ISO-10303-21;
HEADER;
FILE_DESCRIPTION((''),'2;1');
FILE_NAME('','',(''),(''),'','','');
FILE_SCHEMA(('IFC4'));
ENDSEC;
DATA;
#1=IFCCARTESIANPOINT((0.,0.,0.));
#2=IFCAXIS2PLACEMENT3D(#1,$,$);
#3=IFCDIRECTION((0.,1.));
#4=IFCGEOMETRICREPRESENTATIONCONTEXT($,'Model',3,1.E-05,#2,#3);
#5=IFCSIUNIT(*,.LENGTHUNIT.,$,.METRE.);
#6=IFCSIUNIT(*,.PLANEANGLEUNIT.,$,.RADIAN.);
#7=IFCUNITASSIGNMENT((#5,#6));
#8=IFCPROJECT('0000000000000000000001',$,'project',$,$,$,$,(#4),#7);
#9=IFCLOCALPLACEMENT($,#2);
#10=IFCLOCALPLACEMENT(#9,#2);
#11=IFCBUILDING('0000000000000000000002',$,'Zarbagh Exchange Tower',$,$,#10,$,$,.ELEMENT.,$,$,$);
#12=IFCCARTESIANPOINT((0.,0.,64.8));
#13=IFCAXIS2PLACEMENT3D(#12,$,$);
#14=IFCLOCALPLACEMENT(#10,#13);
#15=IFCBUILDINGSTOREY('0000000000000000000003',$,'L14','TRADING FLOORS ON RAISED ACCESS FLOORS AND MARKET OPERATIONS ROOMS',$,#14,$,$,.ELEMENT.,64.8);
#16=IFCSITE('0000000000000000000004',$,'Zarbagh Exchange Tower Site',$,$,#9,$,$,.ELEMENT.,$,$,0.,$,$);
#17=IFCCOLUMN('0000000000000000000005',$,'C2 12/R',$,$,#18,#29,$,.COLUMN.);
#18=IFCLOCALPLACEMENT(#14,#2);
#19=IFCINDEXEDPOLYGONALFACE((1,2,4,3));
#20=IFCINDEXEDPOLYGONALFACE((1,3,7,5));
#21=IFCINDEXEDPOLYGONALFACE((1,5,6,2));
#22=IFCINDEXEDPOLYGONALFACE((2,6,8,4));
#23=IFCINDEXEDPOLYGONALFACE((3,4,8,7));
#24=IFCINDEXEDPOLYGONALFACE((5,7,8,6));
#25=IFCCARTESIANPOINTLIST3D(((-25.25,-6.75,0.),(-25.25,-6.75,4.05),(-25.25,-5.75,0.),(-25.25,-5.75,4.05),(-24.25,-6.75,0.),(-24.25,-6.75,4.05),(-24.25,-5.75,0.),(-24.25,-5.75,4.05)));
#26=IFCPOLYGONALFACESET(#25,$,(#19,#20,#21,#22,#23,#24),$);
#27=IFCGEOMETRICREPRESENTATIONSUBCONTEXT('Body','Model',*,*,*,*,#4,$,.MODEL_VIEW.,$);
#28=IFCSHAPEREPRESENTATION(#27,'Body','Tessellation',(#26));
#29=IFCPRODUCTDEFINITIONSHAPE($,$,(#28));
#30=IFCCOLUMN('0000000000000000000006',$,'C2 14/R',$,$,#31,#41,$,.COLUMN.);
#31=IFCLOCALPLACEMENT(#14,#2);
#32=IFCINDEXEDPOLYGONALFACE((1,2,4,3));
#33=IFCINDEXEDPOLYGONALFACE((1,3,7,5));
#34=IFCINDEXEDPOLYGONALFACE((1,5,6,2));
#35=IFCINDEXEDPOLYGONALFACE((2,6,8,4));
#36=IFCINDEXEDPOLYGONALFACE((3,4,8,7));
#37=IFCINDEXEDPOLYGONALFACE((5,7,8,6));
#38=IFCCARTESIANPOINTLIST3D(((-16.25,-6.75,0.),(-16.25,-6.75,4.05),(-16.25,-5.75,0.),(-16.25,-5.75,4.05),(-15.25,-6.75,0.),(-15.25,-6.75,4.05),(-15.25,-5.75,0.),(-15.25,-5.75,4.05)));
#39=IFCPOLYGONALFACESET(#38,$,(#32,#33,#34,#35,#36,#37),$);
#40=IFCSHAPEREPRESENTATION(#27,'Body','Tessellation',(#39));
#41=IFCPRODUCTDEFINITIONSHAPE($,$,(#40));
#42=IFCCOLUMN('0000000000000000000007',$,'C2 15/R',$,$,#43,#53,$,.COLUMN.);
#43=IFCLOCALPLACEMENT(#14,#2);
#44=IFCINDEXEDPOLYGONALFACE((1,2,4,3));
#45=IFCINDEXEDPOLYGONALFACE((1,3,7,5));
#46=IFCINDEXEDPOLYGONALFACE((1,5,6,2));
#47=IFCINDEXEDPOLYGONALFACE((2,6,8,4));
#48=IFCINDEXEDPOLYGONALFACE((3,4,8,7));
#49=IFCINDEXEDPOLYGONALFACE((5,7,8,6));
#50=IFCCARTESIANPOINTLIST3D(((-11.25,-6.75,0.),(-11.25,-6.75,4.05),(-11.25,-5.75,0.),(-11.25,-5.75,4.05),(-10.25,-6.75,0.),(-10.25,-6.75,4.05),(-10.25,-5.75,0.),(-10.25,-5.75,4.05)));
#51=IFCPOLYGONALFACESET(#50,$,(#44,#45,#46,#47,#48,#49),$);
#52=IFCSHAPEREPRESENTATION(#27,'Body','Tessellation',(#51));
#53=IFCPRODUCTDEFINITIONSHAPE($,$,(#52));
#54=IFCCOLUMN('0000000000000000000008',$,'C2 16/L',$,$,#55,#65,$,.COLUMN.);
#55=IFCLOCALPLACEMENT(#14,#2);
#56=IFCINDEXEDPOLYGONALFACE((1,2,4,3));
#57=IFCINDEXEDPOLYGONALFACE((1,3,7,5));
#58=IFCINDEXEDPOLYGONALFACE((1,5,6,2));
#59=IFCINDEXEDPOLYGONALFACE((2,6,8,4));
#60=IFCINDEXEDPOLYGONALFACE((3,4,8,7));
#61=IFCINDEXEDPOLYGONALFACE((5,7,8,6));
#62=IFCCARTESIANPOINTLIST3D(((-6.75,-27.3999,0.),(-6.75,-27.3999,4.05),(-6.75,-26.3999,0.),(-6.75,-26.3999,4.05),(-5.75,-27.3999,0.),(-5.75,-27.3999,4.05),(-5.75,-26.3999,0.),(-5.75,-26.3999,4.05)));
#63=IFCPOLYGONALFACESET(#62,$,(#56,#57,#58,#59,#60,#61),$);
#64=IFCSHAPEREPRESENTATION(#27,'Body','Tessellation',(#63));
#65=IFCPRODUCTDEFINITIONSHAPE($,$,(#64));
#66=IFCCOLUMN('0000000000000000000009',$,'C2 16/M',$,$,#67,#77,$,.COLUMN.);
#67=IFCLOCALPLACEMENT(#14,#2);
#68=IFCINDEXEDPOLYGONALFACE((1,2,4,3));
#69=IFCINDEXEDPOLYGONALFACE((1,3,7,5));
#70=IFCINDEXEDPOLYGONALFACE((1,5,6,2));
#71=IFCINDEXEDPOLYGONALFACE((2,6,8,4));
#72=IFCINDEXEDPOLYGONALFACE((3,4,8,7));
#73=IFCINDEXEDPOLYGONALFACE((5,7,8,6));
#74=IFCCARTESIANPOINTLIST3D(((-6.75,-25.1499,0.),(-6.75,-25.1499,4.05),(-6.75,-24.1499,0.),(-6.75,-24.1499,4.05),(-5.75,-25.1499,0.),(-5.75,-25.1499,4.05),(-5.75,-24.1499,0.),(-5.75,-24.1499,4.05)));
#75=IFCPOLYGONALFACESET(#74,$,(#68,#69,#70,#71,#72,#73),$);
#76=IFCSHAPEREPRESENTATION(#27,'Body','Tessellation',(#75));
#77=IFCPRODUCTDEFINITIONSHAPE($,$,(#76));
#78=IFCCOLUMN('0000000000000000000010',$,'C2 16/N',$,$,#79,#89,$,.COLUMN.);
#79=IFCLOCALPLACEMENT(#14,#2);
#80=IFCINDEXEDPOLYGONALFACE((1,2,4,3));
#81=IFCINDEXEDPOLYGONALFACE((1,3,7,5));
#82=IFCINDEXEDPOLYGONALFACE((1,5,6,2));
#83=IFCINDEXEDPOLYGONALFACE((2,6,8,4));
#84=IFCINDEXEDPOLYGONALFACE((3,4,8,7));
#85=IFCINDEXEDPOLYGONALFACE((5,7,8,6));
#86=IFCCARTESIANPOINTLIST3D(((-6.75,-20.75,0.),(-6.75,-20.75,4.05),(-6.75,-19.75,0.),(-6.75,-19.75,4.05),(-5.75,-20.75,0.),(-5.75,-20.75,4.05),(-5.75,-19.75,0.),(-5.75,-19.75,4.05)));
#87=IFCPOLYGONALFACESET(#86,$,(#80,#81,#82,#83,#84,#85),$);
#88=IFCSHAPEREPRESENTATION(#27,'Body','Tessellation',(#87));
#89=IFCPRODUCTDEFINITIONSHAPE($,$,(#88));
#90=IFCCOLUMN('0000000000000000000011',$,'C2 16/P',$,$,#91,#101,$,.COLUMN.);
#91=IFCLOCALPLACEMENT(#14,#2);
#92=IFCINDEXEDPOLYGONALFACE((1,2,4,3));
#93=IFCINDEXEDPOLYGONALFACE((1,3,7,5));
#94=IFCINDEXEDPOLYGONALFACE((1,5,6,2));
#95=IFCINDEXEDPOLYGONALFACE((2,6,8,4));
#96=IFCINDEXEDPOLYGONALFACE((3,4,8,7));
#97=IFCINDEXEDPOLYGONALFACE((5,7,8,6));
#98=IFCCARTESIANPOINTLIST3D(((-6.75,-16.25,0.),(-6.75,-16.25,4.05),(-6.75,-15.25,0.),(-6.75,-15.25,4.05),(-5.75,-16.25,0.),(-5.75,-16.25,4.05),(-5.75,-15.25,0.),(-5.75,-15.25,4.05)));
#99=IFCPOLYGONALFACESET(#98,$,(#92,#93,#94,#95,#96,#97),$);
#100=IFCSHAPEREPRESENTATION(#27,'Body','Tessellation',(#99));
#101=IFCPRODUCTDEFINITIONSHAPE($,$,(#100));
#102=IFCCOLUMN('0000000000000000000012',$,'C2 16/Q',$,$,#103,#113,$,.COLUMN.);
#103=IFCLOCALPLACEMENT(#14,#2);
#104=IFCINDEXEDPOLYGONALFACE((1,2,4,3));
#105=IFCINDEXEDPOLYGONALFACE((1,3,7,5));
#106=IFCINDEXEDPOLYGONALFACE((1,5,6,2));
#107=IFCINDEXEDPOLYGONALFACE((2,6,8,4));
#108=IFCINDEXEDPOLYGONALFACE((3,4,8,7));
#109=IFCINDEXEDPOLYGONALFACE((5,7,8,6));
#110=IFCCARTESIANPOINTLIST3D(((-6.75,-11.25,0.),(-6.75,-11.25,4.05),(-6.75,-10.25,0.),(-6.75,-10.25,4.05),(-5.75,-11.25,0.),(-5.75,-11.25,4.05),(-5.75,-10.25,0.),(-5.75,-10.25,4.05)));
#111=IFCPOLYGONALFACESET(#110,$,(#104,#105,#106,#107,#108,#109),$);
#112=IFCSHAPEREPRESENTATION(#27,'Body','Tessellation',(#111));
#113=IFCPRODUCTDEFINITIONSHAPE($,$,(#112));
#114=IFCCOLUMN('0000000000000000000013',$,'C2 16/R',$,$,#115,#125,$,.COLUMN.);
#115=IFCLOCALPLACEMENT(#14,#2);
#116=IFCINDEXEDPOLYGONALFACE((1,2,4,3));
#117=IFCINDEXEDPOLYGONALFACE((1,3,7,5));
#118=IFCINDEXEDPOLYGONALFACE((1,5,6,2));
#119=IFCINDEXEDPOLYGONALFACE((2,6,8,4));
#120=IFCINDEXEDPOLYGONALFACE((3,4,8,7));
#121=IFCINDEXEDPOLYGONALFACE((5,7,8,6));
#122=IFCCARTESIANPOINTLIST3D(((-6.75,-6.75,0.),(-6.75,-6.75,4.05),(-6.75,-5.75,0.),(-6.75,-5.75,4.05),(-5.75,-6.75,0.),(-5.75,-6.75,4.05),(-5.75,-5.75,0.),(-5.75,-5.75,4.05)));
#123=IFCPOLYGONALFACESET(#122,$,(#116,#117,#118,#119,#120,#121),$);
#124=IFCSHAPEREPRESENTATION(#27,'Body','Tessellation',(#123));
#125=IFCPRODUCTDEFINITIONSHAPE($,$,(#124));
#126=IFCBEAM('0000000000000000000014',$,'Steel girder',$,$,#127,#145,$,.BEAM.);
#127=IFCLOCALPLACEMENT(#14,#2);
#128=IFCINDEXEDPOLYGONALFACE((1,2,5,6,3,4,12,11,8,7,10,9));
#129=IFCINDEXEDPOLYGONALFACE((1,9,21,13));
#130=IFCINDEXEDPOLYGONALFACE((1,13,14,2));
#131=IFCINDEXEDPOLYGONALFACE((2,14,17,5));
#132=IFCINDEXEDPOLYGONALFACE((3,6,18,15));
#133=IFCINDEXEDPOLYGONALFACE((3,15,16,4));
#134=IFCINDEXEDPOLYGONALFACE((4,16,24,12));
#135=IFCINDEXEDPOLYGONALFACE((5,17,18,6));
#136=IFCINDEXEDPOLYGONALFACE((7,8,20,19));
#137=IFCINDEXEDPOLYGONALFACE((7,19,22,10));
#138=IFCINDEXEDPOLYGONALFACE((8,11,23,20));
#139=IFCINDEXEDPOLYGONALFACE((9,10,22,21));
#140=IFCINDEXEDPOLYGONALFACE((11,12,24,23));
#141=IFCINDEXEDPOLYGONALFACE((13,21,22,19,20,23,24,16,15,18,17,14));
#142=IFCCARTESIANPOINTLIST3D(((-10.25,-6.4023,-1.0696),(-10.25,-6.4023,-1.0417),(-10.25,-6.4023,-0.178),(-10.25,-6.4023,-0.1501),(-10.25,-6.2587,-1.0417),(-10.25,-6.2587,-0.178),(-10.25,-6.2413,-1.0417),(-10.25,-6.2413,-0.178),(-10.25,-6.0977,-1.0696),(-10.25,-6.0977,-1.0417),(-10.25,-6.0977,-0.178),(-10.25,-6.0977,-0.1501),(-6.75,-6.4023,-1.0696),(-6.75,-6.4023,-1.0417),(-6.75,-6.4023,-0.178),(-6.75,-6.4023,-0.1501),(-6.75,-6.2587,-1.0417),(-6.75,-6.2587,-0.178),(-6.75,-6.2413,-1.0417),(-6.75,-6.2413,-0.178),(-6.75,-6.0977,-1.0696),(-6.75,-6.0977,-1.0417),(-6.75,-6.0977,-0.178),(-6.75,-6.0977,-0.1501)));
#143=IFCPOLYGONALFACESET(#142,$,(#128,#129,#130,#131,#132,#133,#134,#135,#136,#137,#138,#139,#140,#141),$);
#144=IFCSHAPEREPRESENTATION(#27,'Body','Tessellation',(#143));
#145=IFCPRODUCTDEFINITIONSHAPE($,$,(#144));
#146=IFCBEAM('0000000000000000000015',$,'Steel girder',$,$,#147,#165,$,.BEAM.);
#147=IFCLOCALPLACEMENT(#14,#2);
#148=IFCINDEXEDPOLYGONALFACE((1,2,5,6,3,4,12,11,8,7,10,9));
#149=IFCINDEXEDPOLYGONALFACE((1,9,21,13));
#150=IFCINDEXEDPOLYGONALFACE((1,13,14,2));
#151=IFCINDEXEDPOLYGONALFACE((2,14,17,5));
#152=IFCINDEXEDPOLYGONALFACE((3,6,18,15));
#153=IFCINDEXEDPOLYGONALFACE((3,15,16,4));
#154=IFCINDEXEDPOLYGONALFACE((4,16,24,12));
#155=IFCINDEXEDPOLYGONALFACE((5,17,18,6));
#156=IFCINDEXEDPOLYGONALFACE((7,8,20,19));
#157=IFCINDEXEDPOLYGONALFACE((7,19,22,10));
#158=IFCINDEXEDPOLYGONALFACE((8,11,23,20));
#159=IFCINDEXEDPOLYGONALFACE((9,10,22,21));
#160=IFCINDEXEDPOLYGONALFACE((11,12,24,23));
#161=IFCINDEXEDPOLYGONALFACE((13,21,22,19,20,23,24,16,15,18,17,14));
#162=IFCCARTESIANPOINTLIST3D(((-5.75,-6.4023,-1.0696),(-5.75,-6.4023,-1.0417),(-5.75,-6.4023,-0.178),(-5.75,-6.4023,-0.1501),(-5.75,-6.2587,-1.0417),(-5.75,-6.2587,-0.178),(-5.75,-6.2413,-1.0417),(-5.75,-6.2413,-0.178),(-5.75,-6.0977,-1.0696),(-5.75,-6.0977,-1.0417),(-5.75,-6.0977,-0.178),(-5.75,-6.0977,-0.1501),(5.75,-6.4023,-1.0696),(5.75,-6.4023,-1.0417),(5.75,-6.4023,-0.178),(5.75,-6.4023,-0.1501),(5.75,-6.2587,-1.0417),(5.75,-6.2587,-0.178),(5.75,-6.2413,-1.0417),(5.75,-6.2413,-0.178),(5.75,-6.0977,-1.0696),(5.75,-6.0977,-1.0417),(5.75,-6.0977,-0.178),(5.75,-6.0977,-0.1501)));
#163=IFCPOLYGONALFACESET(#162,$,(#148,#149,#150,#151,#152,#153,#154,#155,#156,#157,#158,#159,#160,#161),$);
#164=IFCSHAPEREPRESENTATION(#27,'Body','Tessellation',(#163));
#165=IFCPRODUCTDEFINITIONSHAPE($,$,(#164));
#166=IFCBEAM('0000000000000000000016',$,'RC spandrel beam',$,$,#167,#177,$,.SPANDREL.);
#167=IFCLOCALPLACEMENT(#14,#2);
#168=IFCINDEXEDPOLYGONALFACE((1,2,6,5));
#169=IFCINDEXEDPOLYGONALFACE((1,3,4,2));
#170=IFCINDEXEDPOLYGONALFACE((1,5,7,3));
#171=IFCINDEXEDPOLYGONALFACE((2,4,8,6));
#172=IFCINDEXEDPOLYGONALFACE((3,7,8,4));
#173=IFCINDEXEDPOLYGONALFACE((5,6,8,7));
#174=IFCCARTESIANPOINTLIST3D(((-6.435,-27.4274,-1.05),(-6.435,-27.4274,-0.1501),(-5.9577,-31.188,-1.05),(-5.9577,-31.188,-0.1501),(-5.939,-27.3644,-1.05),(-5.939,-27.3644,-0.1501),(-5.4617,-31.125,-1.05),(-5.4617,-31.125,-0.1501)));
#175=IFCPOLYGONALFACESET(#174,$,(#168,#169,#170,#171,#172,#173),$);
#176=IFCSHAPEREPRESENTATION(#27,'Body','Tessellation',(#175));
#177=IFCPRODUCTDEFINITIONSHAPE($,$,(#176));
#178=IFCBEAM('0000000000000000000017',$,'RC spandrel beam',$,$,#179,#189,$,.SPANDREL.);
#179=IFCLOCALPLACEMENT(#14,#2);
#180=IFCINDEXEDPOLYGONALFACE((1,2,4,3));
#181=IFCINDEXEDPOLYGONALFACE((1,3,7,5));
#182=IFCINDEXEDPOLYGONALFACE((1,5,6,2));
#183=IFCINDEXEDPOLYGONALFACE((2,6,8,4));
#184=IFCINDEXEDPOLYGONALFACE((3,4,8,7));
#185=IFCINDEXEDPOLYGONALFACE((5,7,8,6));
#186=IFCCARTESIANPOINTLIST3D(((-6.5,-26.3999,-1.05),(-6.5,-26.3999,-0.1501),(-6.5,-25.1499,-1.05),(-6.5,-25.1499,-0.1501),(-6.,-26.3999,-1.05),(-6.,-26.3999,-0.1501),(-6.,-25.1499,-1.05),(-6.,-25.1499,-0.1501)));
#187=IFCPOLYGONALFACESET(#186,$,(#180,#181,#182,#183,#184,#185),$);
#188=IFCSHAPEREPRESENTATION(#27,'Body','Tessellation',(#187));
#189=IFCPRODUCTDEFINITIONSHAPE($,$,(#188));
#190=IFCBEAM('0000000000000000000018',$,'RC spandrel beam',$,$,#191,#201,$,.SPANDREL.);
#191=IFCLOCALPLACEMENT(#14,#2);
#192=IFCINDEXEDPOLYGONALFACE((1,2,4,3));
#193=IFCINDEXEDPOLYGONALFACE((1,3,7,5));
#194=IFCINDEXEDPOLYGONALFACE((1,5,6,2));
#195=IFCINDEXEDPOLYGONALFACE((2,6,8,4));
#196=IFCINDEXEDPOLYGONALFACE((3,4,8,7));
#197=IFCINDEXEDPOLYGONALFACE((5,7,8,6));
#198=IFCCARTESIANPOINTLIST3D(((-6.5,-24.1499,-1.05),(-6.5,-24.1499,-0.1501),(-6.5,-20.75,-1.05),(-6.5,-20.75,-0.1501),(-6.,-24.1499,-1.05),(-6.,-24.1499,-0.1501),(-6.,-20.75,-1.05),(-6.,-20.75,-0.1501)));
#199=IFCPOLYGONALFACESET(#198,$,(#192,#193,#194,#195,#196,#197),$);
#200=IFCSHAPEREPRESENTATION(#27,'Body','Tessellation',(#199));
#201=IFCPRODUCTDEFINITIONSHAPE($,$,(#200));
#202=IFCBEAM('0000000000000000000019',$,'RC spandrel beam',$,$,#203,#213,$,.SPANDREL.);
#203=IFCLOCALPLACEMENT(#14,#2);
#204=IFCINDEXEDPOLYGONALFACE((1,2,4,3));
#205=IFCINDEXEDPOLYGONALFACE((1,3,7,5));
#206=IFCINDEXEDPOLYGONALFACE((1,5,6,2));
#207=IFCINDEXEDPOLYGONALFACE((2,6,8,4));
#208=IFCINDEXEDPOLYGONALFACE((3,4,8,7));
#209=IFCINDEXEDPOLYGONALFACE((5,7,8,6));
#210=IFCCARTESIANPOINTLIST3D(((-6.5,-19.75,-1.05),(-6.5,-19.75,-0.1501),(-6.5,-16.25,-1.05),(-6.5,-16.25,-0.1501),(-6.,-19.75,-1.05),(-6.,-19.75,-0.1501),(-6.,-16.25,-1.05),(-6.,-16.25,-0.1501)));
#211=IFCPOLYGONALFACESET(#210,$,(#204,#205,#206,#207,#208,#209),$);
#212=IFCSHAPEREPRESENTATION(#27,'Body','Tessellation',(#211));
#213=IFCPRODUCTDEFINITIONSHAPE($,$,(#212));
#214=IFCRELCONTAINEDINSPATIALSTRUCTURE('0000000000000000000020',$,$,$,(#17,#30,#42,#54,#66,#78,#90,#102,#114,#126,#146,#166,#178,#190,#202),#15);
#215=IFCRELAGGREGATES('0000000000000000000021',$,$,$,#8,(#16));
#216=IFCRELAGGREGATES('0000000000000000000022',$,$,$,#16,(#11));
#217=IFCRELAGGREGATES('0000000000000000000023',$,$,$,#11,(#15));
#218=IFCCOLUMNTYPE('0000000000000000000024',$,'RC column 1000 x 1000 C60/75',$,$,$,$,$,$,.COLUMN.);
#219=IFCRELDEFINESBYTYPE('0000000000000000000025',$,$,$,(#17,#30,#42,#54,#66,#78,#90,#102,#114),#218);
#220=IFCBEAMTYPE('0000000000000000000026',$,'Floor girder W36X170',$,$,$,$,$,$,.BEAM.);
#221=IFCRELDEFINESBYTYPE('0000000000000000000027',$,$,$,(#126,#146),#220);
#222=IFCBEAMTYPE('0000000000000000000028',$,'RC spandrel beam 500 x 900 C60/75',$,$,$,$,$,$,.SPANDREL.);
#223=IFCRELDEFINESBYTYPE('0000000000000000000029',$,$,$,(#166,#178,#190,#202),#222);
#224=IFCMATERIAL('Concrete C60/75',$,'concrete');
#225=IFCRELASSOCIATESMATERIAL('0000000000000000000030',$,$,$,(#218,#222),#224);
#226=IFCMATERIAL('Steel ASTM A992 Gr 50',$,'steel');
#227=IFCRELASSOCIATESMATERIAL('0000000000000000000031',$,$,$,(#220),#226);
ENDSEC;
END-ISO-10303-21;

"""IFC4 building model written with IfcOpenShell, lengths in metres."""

from ifc_helpers import new_model, si_unit, direction, frame, origin, origin_2d, place, context, subcontext, project, spatial, rectangle, i_section, extrude, material, material_profile, profile_set, type_object, element, save


model = new_model("IFC4")

# Units and contexts
model_context = context("Model", 3, precision=1e-05, world=origin(), true_north=direction((0.0, 1.0)))
body_context = subcontext(model_context, "Body", "Model", "MODEL_VIEW")
ifc_project = project(units=[si_unit("LENGTHUNIT", "METRE"), si_unit("PLANEANGLEUNIT", "RADIAN")], contexts=[model_context])

# Site, building, storey
site_placement = place(None, origin())
site = spatial("IfcSite", under=ifc_project, at=site_placement, Name="Zarbagh Exchange Tower Site", CompositionType="ELEMENT", RefElevation=0.0)
building_placement = place(site_placement, origin())
building = spatial("IfcBuilding", under=site, at=building_placement, Name="Zarbagh Exchange Tower", CompositionType="ELEMENT")
storey_placement = place(building_placement, frame((0.0, 0.0, 64.8)))
storey = spatial("IfcBuildingStorey", under=building, at=storey_placement, Name="L14", Description="TRADING FLOORS ON RAISED ACCESS FLOORS AND MARKET OPERATIONS ROOMS", CompositionType="ELEMENT", Elevation=64.8)

# Columns
ifc_material_1 = material(Name="Concrete C60/75", Category="concrete")
ifc_material_profile_1 = material_profile(ifc_material_1, rectangle(XDim=1.0, YDim=1.0, at=origin_2d()), Name="RC column 1000 x 1000 C60/75")
ifc_profile_set_1 = profile_set([ifc_material_profile_1], Name="Concrete C60/75")
column_type = type_object("IfcColumnType", Name="RC column 1000 x 1000 C60/75", PredefinedType="COLUMN", material=ifc_profile_set_1)
for number, where, z_axis, x_axis, name in (
    (1, (-24.75, -6.25, 0.0), (0.0, 0.0, 1.0), (1.0, 0.0, 0.0), "C2 12/R"),
    (2, (-15.75, -6.25, 0.0), (0.0, 0.0, 1.0), (1.0, 0.0, 0.0), "C2 14/R"),
    (3, (-10.75, -6.25, 0.0), (0.0, 0.0, 1.0), (1.0, 0.0, 0.0), "C2 15/R"),
    (4, (-6.25, -26.8999, 0.0), (0.0, 0.0, 1.0), (1.0, 0.0, 0.0), "C2 16/L"),
    (5, (-6.25, -24.6499, 0.0), (0.0, 0.0, 1.0), (1.0, 0.0, 0.0), "C2 16/M"),
    (6, (-6.25, -20.25, 0.0), (0.0, 0.0, 1.0), (1.0, 0.0, 0.0), "C2 16/N"),
    (7, (-6.25, -15.75, 0.0), (0.0, 0.0, 1.0), (1.0, 0.0, 0.0), "C2 16/P"),
    (8, (-6.25, -10.75, 0.0), (0.0, 0.0, 1.0), (1.0, 0.0, 0.0), "C2 16/Q"),
    (9, (-6.25, -6.25, 0.0), (0.0, 0.0, 1.0), (1.0, 0.0, 0.0), "C2 16/R"),
):
    element("IfcColumn", number, at=place(storey_placement, frame(where, z_axis=z_axis, x_axis=x_axis)), inside=storey, type_object=column_type, Name=name, PredefinedType="COLUMN", context=body_context, shape_type="SweptSolid", body=[
        extrude(rectangle(XDim=1.0, YDim=1.0, at=origin_2d()), origin(), (0.0, 0.0, 1.0), 4.05),
    ])

# Beams
ifc_material_2 = material(Name="Steel ASTM A992 Gr 50", Category="steel")
ifc_material_profile_2 = material_profile(ifc_material_2, i_section(OverallWidth=0.3047, OverallDepth=0.9194, WebThickness=0.0173, FlangeThickness=0.0278, at=origin_2d()), Name="W36X170")
ifc_profile_set_2 = profile_set([ifc_material_profile_2], Name="Steel ASTM A992 Gr 50")
beam_type_1 = type_object("IfcBeamType", Name="Floor girder W36X170", PredefinedType="BEAM", material=ifc_profile_set_2)
beam_1_placement = place(storey_placement, frame((-10.25, -6.25, -0.6099), z_axis=(1.0, 0.0, 0.0), x_axis=(0.0, 1.0, 0.0)))
element("IfcBeam", 10, at=beam_1_placement, inside=storey, type_object=beam_type_1, Name="Steel girder", PredefinedType="BEAM", context=body_context, shape_type="SweptSolid", body=[
    extrude(i_section(OverallWidth=0.3047, OverallDepth=0.9194, WebThickness=0.0173, FlangeThickness=0.0278, at=origin_2d()), origin(), (0.0, 0.0, 1.0), 3.5),
])
beam_2_placement = place(storey_placement, frame((-5.75, -6.25, -0.6099), z_axis=(1.0, 0.0, 0.0), x_axis=(0.0, 1.0, 0.0)))
element("IfcBeam", 11, at=beam_2_placement, inside=storey, type_object=beam_type_1, Name="Steel girder", PredefinedType="BEAM", context=body_context, shape_type="SweptSolid", body=[
    extrude(i_section(OverallWidth=0.3047, OverallDepth=0.9194, WebThickness=0.0173, FlangeThickness=0.0278, at=origin_2d()), origin(), (0.0, 0.0, 1.0), 11.5),
])
ifc_material_profile_3 = material_profile(ifc_material_1, rectangle(XDim=0.5, YDim=0.8999, at=origin_2d()), Name="RC spandrel beam 500 x 900 C60/75")
ifc_profile_set_3 = profile_set([ifc_material_profile_3], Name="Concrete C60/75")
beam_type_2 = type_object("IfcBeamType", Name="RC spandrel beam 500 x 900 C60/75", PredefinedType="SPANDREL", material=ifc_profile_set_3)
beam_3_placement = place(storey_placement, frame((-5.7097, -31.1565, -0.6001), z_axis=(-0.125913, 0.992041, 0.0), x_axis=(-0.992041, -0.125913, 0.0)))
element("IfcBeam", 12, at=beam_3_placement, inside=storey, type_object=beam_type_2, Name="RC spandrel beam", PredefinedType="SPANDREL", context=body_context, shape_type="SweptSolid", body=[
    extrude(rectangle(XDim=0.5, YDim=0.8999, at=origin_2d()), origin(), (0.0, 0.0, 1.0), 3.7908),
])
beam_4_placement = place(storey_placement, frame((-6.25, -26.3999, -0.6001), z_axis=(0.0, 1.0, 0.0), x_axis=(-1.0, 0.0, 0.0)))
element("IfcBeam", 13, at=beam_4_placement, inside=storey, type_object=beam_type_2, Name="RC spandrel beam", PredefinedType="SPANDREL", context=body_context, shape_type="SweptSolid", body=[
    extrude(rectangle(XDim=0.5, YDim=0.8999, at=origin_2d()), origin(), (0.0, 0.0, 1.0), 1.25),
])
beam_5_placement = place(storey_placement, frame((-6.25, -24.1499, -0.6001), z_axis=(0.0, 1.0, 0.0), x_axis=(-1.0, 0.0, 0.0)))
element("IfcBeam", 14, at=beam_5_placement, inside=storey, type_object=beam_type_2, Name="RC spandrel beam", PredefinedType="SPANDREL", context=body_context, shape_type="SweptSolid", body=[
    extrude(rectangle(XDim=0.5, YDim=0.8999, at=origin_2d()), origin(), (0.0, 0.0, 1.0), 3.3999),
])
beam_6_placement = place(storey_placement, frame((-6.25, -19.75, -0.6001), z_axis=(0.0, 1.0, 0.0), x_axis=(-1.0, 0.0, 0.0)))
element("IfcBeam", 15, at=beam_6_placement, inside=storey, type_object=beam_type_2, Name="RC spandrel beam", PredefinedType="SPANDREL", context=body_context, shape_type="SweptSolid", body=[
    extrude(rectangle(XDim=0.5, YDim=0.8999, at=origin_2d()), origin(), (0.0, 0.0, 1.0), 3.5),
])

save(model, "model.ifc")
